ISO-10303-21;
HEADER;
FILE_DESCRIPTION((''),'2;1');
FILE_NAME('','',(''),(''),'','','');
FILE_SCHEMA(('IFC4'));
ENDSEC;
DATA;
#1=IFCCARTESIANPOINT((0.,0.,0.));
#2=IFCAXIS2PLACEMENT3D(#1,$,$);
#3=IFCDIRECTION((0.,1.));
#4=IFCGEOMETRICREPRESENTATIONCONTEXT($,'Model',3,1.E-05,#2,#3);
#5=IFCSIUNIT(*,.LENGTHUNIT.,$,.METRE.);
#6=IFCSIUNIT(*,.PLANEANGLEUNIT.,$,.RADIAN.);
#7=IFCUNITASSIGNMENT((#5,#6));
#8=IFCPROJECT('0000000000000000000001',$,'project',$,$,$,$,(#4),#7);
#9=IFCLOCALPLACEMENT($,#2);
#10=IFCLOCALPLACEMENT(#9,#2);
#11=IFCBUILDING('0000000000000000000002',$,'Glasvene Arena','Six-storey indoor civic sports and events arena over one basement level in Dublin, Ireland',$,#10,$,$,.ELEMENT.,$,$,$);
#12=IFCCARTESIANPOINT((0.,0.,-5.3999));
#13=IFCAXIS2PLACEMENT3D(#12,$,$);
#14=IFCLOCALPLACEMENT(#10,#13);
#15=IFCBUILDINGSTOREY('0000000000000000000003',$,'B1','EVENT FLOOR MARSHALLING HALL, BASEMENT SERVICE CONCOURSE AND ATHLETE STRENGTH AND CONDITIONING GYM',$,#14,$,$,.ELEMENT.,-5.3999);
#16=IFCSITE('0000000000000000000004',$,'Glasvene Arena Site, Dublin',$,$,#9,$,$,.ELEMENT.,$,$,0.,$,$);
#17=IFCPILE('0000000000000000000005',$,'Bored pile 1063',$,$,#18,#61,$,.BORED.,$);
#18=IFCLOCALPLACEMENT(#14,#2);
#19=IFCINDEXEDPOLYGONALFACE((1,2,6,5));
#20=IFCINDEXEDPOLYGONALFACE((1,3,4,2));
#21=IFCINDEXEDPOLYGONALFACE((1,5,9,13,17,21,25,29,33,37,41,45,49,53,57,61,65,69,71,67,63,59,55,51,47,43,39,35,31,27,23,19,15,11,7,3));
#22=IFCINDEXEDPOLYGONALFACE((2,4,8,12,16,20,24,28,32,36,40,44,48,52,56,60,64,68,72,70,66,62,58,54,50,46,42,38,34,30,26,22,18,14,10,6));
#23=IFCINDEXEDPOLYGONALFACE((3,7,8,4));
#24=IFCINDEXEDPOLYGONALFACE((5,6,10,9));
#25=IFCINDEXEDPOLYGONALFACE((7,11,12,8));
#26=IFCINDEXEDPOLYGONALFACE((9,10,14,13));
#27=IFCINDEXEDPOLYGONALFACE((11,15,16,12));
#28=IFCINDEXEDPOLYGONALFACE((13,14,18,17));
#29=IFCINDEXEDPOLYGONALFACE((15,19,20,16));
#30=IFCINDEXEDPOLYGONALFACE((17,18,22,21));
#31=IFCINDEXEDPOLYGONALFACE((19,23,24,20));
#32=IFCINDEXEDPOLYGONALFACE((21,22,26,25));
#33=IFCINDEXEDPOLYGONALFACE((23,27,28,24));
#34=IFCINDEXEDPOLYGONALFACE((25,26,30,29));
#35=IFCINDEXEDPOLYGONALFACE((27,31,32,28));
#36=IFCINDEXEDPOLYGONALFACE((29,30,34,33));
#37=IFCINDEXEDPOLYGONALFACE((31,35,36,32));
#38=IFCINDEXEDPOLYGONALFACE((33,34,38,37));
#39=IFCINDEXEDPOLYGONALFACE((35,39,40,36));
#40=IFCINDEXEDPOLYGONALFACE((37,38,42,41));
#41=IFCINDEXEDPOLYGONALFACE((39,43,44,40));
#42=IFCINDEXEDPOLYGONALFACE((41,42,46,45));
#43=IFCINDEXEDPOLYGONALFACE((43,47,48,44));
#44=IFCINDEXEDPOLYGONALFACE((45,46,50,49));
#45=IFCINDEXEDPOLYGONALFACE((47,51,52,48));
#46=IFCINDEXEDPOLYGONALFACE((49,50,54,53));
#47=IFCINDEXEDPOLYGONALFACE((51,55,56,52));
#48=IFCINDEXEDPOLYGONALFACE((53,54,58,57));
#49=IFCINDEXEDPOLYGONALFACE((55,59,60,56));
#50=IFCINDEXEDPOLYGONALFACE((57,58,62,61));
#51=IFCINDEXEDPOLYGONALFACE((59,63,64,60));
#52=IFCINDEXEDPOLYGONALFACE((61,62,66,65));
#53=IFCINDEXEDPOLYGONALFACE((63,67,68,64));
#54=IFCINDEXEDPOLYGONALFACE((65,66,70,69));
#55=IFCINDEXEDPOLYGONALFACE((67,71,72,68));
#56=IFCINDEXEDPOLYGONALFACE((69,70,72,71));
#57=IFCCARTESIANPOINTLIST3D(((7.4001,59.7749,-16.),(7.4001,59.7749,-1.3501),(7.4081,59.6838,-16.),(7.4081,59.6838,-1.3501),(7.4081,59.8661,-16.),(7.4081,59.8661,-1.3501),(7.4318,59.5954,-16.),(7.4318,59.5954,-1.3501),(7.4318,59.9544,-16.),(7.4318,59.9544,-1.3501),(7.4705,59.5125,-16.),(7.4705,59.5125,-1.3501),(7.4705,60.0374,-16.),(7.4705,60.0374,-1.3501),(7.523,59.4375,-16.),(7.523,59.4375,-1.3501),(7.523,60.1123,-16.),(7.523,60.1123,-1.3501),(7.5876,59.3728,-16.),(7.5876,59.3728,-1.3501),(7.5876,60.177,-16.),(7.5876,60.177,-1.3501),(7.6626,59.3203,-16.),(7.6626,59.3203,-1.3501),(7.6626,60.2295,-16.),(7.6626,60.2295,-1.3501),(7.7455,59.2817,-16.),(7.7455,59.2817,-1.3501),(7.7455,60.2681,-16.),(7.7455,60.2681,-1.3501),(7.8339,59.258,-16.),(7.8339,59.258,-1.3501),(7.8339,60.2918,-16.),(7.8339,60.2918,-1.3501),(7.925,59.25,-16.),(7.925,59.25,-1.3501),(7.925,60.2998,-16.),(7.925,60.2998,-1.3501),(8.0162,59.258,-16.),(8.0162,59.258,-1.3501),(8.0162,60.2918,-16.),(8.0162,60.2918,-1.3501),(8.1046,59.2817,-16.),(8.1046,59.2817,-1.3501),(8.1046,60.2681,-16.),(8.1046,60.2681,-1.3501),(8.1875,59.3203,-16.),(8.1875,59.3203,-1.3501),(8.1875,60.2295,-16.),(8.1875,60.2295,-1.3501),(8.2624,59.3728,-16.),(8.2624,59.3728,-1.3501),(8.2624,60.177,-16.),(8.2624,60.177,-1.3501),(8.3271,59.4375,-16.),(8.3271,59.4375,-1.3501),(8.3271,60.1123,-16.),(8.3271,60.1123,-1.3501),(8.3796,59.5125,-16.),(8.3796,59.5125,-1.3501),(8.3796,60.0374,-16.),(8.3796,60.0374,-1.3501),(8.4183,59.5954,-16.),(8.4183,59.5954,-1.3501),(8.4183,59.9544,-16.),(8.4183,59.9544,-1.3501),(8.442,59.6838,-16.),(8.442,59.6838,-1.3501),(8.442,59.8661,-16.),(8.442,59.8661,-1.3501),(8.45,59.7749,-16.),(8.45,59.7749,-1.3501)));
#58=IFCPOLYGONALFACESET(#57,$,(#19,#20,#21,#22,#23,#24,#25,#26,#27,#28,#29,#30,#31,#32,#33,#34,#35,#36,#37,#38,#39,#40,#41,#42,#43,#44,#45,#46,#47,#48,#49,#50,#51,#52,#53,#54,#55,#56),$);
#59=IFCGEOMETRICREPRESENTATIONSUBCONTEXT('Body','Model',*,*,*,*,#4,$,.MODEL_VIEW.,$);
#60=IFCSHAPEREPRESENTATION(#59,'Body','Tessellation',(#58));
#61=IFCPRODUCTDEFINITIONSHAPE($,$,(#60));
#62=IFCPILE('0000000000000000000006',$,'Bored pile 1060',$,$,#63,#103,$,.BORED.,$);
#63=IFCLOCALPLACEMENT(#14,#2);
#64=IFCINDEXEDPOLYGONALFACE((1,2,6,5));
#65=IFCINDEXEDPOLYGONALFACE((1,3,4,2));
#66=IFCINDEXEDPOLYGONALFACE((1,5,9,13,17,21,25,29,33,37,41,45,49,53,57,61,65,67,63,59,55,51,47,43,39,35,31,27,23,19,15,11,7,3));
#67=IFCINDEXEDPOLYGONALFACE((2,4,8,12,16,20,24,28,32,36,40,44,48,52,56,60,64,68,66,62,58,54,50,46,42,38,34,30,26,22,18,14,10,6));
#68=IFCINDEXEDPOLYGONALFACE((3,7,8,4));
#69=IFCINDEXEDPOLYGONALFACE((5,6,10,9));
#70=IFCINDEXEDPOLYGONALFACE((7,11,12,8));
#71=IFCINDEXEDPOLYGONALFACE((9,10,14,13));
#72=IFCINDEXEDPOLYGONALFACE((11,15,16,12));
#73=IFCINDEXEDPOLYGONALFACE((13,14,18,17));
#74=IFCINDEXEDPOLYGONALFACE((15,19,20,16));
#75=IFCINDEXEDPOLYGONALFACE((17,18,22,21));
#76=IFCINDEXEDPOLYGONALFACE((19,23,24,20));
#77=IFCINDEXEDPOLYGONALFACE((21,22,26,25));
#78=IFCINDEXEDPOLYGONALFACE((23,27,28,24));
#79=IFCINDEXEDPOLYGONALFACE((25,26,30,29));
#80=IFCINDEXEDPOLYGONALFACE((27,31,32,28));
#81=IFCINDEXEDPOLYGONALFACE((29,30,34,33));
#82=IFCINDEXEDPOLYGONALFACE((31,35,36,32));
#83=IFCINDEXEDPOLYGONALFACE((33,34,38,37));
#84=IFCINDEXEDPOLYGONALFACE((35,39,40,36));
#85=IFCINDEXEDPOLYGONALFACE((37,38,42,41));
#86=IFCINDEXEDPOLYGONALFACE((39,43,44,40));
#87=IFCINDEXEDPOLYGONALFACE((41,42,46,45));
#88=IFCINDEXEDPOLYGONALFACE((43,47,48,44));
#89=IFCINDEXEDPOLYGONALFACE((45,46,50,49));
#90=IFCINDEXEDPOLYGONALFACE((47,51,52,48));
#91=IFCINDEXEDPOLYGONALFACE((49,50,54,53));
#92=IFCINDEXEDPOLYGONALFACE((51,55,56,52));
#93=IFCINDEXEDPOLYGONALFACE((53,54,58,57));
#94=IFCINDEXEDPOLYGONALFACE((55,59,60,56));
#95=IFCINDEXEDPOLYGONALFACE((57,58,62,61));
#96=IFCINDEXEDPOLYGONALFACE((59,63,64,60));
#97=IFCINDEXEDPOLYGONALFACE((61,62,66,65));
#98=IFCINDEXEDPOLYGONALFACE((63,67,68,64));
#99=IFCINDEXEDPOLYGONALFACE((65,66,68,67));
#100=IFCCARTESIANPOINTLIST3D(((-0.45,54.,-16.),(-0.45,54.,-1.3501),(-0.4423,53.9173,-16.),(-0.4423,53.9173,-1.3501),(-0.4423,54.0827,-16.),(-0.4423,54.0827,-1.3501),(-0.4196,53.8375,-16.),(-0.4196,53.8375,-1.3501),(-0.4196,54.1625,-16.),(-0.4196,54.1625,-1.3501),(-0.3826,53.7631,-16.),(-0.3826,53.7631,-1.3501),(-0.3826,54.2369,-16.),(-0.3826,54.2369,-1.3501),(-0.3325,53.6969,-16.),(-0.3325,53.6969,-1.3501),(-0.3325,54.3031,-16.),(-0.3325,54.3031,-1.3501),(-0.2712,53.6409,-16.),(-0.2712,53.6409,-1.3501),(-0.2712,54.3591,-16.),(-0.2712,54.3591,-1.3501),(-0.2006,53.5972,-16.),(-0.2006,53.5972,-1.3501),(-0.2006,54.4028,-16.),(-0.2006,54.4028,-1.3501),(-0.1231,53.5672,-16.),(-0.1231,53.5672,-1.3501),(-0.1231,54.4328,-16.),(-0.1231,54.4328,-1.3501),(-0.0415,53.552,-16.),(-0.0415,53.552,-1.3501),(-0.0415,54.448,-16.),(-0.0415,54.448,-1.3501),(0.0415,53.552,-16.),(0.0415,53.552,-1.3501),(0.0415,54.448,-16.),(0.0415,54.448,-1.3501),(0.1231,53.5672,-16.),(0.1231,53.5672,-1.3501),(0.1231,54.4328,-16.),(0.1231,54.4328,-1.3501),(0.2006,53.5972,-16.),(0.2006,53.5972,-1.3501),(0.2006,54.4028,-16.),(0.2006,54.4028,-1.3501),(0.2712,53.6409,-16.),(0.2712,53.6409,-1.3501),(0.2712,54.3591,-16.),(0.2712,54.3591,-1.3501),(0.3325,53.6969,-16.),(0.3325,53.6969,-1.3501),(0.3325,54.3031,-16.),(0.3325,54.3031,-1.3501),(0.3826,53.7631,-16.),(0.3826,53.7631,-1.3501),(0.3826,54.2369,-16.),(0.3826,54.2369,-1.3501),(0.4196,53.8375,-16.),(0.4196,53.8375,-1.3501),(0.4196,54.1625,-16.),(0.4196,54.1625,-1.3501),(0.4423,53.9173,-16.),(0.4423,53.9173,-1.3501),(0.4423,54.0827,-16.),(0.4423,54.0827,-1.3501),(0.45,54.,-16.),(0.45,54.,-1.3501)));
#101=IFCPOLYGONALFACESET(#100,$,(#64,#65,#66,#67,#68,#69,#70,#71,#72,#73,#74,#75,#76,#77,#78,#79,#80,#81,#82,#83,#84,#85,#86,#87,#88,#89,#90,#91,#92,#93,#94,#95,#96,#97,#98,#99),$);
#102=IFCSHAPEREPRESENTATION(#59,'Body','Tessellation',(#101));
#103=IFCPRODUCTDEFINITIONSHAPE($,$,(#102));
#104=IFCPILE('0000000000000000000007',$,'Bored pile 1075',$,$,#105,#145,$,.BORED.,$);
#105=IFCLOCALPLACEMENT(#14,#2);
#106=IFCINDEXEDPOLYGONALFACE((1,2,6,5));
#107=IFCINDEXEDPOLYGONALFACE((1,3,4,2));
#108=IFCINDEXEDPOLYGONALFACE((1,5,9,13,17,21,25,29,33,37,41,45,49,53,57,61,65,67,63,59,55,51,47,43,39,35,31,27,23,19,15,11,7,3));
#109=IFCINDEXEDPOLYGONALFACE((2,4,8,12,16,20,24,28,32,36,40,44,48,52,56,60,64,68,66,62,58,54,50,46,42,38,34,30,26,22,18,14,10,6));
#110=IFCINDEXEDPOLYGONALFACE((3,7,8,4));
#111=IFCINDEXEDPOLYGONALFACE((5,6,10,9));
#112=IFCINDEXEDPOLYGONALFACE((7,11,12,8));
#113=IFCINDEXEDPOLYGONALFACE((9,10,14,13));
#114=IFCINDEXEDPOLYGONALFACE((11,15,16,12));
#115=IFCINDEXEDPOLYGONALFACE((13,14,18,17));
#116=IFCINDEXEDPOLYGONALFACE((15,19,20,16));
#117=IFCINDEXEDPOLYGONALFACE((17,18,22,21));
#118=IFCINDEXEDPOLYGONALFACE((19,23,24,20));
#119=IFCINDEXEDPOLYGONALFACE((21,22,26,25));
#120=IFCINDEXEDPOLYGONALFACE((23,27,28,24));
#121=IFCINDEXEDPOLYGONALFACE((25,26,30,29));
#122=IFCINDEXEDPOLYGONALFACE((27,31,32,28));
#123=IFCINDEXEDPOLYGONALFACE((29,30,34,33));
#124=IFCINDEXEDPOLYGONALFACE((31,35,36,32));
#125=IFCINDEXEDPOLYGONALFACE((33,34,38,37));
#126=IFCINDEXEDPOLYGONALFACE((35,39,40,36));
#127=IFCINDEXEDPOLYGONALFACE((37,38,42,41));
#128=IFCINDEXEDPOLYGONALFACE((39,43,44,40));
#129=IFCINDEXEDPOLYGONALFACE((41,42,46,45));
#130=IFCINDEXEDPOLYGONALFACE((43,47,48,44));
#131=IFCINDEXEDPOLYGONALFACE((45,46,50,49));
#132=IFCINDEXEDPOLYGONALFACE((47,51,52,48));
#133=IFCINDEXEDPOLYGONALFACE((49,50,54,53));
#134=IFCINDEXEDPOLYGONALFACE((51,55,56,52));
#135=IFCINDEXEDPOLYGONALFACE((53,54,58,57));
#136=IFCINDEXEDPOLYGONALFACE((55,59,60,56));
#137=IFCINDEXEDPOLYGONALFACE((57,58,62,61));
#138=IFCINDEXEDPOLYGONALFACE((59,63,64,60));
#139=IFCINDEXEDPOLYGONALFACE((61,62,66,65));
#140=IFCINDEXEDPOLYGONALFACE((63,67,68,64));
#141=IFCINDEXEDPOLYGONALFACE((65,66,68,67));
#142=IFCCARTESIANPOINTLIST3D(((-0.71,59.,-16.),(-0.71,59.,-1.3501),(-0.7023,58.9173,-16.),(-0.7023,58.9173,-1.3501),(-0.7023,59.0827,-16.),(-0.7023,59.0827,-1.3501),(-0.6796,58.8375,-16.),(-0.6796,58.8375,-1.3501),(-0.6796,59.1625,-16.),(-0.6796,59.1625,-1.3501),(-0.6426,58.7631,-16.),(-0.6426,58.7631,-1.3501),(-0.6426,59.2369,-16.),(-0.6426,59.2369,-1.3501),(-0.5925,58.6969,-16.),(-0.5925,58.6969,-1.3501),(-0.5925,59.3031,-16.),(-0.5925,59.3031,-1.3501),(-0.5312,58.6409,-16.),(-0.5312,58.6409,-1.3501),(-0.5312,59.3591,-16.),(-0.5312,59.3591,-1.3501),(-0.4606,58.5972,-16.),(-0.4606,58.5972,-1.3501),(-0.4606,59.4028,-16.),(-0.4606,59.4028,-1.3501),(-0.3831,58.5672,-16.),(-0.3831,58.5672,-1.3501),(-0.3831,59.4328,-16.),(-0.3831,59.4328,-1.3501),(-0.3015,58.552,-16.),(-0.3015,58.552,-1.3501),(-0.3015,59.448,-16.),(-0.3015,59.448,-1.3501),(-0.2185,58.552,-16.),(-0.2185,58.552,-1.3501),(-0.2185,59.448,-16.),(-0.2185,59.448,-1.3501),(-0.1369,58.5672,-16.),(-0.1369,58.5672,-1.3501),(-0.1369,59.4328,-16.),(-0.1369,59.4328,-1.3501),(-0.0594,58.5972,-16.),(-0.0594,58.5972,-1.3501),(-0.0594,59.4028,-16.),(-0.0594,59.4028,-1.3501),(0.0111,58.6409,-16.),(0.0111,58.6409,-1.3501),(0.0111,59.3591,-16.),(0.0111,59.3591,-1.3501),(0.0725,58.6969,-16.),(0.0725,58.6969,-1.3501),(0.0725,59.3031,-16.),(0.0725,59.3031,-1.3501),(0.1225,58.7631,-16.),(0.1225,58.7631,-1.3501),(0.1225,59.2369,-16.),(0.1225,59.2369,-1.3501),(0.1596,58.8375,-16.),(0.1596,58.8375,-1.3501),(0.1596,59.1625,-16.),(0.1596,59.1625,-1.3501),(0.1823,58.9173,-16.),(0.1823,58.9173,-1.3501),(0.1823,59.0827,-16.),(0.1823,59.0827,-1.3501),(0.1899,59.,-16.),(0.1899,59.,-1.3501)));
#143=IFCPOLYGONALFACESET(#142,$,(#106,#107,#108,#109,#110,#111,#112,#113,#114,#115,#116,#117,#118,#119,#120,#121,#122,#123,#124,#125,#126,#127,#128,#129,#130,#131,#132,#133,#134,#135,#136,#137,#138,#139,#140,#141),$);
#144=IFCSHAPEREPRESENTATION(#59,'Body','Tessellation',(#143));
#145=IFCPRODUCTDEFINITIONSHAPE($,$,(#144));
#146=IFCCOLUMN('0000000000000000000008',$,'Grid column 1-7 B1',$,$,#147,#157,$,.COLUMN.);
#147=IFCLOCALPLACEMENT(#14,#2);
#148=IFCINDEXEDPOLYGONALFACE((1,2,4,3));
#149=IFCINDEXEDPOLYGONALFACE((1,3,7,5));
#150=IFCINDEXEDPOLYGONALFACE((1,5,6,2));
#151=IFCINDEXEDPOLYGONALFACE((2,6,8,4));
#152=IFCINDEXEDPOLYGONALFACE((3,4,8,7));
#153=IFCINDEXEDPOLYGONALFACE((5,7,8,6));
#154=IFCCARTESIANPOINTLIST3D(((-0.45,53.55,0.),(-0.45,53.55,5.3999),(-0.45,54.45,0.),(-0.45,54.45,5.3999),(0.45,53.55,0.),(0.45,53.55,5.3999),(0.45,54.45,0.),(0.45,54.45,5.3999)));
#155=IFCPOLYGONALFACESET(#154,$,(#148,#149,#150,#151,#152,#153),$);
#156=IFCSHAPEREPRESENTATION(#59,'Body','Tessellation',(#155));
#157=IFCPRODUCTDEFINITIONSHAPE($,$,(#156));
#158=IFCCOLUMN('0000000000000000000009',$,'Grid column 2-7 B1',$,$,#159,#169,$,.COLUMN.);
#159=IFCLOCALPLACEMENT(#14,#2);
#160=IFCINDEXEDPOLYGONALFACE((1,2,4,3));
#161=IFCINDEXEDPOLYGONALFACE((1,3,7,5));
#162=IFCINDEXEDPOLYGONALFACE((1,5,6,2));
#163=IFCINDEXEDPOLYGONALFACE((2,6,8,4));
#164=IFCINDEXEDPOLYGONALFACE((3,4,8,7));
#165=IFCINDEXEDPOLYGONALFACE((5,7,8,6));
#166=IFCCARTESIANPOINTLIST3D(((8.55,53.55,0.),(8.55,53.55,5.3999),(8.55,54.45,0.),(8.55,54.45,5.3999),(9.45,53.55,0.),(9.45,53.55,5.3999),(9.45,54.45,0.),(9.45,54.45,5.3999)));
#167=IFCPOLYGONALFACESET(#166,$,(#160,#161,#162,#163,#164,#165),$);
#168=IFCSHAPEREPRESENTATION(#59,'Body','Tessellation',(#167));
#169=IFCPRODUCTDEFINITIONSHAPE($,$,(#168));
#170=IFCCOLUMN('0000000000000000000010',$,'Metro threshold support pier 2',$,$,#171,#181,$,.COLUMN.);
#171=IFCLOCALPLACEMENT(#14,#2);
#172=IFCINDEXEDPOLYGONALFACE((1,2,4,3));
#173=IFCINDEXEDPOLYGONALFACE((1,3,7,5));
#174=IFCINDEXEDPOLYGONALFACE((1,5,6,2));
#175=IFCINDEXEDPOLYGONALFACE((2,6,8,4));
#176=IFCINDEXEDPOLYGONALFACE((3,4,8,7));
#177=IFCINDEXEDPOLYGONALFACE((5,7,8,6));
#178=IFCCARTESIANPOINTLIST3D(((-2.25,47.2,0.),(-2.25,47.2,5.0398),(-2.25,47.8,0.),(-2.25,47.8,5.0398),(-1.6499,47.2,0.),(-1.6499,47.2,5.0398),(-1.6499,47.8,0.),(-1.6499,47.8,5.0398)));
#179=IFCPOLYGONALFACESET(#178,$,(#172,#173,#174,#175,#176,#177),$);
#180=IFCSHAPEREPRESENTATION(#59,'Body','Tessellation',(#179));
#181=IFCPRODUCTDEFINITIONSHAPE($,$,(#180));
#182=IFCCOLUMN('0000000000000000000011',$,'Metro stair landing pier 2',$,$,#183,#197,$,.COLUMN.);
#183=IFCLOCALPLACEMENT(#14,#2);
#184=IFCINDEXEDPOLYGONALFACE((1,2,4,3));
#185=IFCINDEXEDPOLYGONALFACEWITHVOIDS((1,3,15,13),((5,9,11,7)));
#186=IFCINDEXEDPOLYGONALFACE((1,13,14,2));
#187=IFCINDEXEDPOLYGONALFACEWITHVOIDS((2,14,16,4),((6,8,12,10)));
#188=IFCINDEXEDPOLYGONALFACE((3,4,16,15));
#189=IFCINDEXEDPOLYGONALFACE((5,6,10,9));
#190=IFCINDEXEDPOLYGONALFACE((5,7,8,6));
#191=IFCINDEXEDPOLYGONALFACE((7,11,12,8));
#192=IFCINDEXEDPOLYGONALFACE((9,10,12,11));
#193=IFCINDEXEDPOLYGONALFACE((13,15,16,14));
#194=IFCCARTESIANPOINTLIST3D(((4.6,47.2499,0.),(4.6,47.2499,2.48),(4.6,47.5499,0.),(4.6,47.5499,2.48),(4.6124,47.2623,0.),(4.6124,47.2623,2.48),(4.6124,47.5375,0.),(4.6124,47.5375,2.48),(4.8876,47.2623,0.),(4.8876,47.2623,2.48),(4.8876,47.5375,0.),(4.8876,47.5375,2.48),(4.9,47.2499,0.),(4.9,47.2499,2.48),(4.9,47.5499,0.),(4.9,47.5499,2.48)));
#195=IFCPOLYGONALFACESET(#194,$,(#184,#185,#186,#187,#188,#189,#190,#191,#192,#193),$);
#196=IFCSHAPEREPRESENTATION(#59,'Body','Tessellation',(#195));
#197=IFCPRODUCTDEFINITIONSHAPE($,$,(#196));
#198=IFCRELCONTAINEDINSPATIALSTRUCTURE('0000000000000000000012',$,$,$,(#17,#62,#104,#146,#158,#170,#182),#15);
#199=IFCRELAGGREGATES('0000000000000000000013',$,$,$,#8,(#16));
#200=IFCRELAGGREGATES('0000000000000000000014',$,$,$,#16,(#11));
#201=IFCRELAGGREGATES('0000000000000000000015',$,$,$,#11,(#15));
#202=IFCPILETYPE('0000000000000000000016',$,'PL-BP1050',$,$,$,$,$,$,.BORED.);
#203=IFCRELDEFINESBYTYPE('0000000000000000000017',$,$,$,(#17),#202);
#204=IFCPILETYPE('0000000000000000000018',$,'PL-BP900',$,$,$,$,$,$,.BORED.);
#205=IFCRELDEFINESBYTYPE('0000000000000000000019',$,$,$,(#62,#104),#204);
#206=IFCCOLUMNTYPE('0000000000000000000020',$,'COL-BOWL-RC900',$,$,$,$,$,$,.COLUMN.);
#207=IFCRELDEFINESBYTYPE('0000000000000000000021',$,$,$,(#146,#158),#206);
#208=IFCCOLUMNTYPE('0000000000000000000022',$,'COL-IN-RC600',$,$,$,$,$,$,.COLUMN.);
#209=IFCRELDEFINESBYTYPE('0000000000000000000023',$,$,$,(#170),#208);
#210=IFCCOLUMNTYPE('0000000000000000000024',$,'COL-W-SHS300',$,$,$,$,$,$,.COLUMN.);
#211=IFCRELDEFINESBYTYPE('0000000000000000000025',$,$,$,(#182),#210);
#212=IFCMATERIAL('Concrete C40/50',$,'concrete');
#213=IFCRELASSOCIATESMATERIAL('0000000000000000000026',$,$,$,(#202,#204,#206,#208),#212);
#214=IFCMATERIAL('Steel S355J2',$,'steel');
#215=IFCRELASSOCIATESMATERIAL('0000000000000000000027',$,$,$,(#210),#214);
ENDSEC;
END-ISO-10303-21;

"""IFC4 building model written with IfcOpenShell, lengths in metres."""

from ifc_helpers import new_model, si_unit, direction, frame, origin, origin_2d, place, context, subcontext, project, spatial, rectangle, hollow_rectangle, circle, extrude, material, material_profile, profile_set, type_object, element, save


model = new_model("IFC4")

# Units and contexts
model_context = context("Model", 3, precision=1e-05, world=origin(), true_north=direction((0.0, 1.0)))
body_context = subcontext(model_context, "Body", "Model", "MODEL_VIEW")
ifc_project = project(units=[si_unit("LENGTHUNIT", "METRE"), si_unit("PLANEANGLEUNIT", "RADIAN")], contexts=[model_context])

# Site, building, storey
site_placement = place(None, origin())
site = spatial("IfcSite", under=ifc_project, at=site_placement, Name="Glasvene Arena Site, Dublin", CompositionType="ELEMENT", RefElevation=0.0)
building_placement = place(site_placement, origin())
building = spatial("IfcBuilding", under=site, at=building_placement, Name="Glasvene Arena", Description="Six-storey indoor civic sports and events arena over one basement level in Dublin, Ireland", CompositionType="ELEMENT")
storey_placement = place(building_placement, frame((0.0, 0.0, -5.3999)))
storey = spatial("IfcBuildingStorey", under=building, at=storey_placement, Name="B1", Description="EVENT FLOOR MARSHALLING HALL, BASEMENT SERVICE CONCOURSE AND ATHLETE STRENGTH AND CONDITIONING GYM", CompositionType="ELEMENT", Elevation=-5.3999)

# Shared definitions
ifc_material_1 = material(Name="Concrete C40/50", Category="concrete")

# Piles
ifc_material_profile_1 = material_profile(ifc_material_1, circle(Radius=0.5249, at=origin_2d()), Name="BORED PILE 1050")
ifc_profile_set_1 = profile_set([ifc_material_profile_1], Name="Concrete C40/50")
pile_type_1 = type_object("IfcPileType", Name="PL-BP1050", PredefinedType="BORED", material=ifc_profile_set_1)
for number, where, z_axis, x_axis, name in (
    (1, (7.925, 59.7749, -1.3501), (0.0, 0.0, -1.0), (1.0, 0.0, 0.0), "Bored pile 1063"),
):
    element("IfcPile", number, at=place(storey_placement, frame(where, z_axis=z_axis, x_axis=x_axis)), inside=storey, type_object=pile_type_1, Name=name, PredefinedType="BORED", context=body_context, shape_type="SweptSolid", body=[
        extrude(circle(Radius=0.5249, at=origin_2d()), origin(), (0.0, 0.0, 1.0), 14.6499),
    ])
ifc_material_profile_2 = material_profile(ifc_material_1, circle(Radius=0.45, at=origin_2d()), Name="BORED PILE 900")
ifc_profile_set_2 = profile_set([ifc_material_profile_2], Name="Concrete C40/50")
pile_type_2 = type_object("IfcPileType", Name="PL-BP900", PredefinedType="BORED", material=ifc_profile_set_2)
for number, where, z_axis, x_axis, name in (
    (2, (0.0, 54.0, -1.3501), (0.0, 0.0, -1.0), (1.0, 0.0, 0.0), "Bored pile 1060"),
    (3, (-0.26, 59.0, -1.3501), (0.0, 0.0, -1.0), (1.0, 0.0, 0.0), "Bored pile 1075"),
):
    element("IfcPile", number, at=place(storey_placement, frame(where, z_axis=z_axis, x_axis=x_axis)), inside=storey, type_object=pile_type_2, Name=name, PredefinedType="BORED", context=body_context, shape_type="SweptSolid", body=[
        extrude(circle(Radius=0.45, at=origin_2d()), origin(), (0.0, 0.0, 1.0), 14.6499),
    ])

# Columns
ifc_material_profile_3 = material_profile(ifc_material_1, rectangle(XDim=0.8999, YDim=0.8999, at=origin_2d()), Name="RC 900x900")
ifc_profile_set_3 = profile_set([ifc_material_profile_3], Name="Concrete C40/50")
column_type_1 = type_object("IfcColumnType", Name="COL-BOWL-RC900", PredefinedType="COLUMN", material=ifc_profile_set_3)
for number, where, z_axis, x_axis, name in (
    (4, (0.0, 54.0, 0.0), (0.0, 0.0, 1.0), (1.0, 0.0, 0.0), "Grid column 1-7 B1"),
    (5, (9.0, 54.0, 0.0), (0.0, 0.0, 1.0), (1.0, 0.0, 0.0), "Grid column 2-7 B1"),
):
    element("IfcColumn", number, at=place(storey_placement, frame(where, z_axis=z_axis, x_axis=x_axis)), inside=storey, type_object=column_type_1, Name=name, PredefinedType="COLUMN", context=body_context, shape_type="SweptSolid", body=[
        extrude(rectangle(XDim=0.8999, YDim=0.8999, at=origin_2d()), origin(), (0.0, 0.0, 1.0), 5.3999),
    ])
ifc_material_profile_4 = material_profile(ifc_material_1, rectangle(XDim=0.6001, YDim=0.6001, at=origin_2d()), Name="RC 600x600")
ifc_profile_set_4 = profile_set([ifc_material_profile_4], Name="Concrete C40/50")
column_type_2 = type_object("IfcColumnType", Name="COL-IN-RC600", PredefinedType="COLUMN", material=ifc_profile_set_4)
column_1_placement = place(storey_placement, frame((-1.95, 47.5, 0.0), z_axis=(0.0, 0.0, 1.0), x_axis=(1.0, 0.0, 0.0)))
element("IfcColumn", 6, at=column_1_placement, inside=storey, type_object=column_type_2, Name="Metro threshold support pier 2", PredefinedType="COLUMN", context=body_context, shape_type="SweptSolid", body=[
    extrude(rectangle(XDim=0.6001, YDim=0.6001, at=origin_2d()), origin(), (0.0, 0.0, 1.0), 5.0398),
])
ifc_material_2 = material(Name="Steel S355J2", Category="steel")
ifc_material_profile_5 = material_profile(ifc_material_2, hollow_rectangle(XDim=0.3, YDim=0.3, WallThickness=0.0125, at=origin_2d()), Name="SHS 300x300x12.5")
ifc_profile_set_5 = profile_set([ifc_material_profile_5], Name="Steel S355J2")
column_type_3 = type_object("IfcColumnType", Name="COL-W-SHS300", PredefinedType="COLUMN", material=ifc_profile_set_5)
for number, where, z_axis, x_axis, name in (
    (7, (4.75, 47.3999, 0.0), (0.0, 0.0, 1.0), (1.0, 0.0, 0.0), "Metro stair landing pier 2"),
):
    element("IfcColumn", number, at=place(storey_placement, frame(where, z_axis=z_axis, x_axis=x_axis)), inside=storey, type_object=column_type_3, Name=name, PredefinedType="COLUMN", context=body_context, shape_type="SweptSolid", body=[
        extrude(hollow_rectangle(XDim=0.3, YDim=0.3, WallThickness=0.0125, at=origin_2d()), origin(), (0.0, 0.0, 1.0), 2.48),
    ])

save(model, "model.ifc")
